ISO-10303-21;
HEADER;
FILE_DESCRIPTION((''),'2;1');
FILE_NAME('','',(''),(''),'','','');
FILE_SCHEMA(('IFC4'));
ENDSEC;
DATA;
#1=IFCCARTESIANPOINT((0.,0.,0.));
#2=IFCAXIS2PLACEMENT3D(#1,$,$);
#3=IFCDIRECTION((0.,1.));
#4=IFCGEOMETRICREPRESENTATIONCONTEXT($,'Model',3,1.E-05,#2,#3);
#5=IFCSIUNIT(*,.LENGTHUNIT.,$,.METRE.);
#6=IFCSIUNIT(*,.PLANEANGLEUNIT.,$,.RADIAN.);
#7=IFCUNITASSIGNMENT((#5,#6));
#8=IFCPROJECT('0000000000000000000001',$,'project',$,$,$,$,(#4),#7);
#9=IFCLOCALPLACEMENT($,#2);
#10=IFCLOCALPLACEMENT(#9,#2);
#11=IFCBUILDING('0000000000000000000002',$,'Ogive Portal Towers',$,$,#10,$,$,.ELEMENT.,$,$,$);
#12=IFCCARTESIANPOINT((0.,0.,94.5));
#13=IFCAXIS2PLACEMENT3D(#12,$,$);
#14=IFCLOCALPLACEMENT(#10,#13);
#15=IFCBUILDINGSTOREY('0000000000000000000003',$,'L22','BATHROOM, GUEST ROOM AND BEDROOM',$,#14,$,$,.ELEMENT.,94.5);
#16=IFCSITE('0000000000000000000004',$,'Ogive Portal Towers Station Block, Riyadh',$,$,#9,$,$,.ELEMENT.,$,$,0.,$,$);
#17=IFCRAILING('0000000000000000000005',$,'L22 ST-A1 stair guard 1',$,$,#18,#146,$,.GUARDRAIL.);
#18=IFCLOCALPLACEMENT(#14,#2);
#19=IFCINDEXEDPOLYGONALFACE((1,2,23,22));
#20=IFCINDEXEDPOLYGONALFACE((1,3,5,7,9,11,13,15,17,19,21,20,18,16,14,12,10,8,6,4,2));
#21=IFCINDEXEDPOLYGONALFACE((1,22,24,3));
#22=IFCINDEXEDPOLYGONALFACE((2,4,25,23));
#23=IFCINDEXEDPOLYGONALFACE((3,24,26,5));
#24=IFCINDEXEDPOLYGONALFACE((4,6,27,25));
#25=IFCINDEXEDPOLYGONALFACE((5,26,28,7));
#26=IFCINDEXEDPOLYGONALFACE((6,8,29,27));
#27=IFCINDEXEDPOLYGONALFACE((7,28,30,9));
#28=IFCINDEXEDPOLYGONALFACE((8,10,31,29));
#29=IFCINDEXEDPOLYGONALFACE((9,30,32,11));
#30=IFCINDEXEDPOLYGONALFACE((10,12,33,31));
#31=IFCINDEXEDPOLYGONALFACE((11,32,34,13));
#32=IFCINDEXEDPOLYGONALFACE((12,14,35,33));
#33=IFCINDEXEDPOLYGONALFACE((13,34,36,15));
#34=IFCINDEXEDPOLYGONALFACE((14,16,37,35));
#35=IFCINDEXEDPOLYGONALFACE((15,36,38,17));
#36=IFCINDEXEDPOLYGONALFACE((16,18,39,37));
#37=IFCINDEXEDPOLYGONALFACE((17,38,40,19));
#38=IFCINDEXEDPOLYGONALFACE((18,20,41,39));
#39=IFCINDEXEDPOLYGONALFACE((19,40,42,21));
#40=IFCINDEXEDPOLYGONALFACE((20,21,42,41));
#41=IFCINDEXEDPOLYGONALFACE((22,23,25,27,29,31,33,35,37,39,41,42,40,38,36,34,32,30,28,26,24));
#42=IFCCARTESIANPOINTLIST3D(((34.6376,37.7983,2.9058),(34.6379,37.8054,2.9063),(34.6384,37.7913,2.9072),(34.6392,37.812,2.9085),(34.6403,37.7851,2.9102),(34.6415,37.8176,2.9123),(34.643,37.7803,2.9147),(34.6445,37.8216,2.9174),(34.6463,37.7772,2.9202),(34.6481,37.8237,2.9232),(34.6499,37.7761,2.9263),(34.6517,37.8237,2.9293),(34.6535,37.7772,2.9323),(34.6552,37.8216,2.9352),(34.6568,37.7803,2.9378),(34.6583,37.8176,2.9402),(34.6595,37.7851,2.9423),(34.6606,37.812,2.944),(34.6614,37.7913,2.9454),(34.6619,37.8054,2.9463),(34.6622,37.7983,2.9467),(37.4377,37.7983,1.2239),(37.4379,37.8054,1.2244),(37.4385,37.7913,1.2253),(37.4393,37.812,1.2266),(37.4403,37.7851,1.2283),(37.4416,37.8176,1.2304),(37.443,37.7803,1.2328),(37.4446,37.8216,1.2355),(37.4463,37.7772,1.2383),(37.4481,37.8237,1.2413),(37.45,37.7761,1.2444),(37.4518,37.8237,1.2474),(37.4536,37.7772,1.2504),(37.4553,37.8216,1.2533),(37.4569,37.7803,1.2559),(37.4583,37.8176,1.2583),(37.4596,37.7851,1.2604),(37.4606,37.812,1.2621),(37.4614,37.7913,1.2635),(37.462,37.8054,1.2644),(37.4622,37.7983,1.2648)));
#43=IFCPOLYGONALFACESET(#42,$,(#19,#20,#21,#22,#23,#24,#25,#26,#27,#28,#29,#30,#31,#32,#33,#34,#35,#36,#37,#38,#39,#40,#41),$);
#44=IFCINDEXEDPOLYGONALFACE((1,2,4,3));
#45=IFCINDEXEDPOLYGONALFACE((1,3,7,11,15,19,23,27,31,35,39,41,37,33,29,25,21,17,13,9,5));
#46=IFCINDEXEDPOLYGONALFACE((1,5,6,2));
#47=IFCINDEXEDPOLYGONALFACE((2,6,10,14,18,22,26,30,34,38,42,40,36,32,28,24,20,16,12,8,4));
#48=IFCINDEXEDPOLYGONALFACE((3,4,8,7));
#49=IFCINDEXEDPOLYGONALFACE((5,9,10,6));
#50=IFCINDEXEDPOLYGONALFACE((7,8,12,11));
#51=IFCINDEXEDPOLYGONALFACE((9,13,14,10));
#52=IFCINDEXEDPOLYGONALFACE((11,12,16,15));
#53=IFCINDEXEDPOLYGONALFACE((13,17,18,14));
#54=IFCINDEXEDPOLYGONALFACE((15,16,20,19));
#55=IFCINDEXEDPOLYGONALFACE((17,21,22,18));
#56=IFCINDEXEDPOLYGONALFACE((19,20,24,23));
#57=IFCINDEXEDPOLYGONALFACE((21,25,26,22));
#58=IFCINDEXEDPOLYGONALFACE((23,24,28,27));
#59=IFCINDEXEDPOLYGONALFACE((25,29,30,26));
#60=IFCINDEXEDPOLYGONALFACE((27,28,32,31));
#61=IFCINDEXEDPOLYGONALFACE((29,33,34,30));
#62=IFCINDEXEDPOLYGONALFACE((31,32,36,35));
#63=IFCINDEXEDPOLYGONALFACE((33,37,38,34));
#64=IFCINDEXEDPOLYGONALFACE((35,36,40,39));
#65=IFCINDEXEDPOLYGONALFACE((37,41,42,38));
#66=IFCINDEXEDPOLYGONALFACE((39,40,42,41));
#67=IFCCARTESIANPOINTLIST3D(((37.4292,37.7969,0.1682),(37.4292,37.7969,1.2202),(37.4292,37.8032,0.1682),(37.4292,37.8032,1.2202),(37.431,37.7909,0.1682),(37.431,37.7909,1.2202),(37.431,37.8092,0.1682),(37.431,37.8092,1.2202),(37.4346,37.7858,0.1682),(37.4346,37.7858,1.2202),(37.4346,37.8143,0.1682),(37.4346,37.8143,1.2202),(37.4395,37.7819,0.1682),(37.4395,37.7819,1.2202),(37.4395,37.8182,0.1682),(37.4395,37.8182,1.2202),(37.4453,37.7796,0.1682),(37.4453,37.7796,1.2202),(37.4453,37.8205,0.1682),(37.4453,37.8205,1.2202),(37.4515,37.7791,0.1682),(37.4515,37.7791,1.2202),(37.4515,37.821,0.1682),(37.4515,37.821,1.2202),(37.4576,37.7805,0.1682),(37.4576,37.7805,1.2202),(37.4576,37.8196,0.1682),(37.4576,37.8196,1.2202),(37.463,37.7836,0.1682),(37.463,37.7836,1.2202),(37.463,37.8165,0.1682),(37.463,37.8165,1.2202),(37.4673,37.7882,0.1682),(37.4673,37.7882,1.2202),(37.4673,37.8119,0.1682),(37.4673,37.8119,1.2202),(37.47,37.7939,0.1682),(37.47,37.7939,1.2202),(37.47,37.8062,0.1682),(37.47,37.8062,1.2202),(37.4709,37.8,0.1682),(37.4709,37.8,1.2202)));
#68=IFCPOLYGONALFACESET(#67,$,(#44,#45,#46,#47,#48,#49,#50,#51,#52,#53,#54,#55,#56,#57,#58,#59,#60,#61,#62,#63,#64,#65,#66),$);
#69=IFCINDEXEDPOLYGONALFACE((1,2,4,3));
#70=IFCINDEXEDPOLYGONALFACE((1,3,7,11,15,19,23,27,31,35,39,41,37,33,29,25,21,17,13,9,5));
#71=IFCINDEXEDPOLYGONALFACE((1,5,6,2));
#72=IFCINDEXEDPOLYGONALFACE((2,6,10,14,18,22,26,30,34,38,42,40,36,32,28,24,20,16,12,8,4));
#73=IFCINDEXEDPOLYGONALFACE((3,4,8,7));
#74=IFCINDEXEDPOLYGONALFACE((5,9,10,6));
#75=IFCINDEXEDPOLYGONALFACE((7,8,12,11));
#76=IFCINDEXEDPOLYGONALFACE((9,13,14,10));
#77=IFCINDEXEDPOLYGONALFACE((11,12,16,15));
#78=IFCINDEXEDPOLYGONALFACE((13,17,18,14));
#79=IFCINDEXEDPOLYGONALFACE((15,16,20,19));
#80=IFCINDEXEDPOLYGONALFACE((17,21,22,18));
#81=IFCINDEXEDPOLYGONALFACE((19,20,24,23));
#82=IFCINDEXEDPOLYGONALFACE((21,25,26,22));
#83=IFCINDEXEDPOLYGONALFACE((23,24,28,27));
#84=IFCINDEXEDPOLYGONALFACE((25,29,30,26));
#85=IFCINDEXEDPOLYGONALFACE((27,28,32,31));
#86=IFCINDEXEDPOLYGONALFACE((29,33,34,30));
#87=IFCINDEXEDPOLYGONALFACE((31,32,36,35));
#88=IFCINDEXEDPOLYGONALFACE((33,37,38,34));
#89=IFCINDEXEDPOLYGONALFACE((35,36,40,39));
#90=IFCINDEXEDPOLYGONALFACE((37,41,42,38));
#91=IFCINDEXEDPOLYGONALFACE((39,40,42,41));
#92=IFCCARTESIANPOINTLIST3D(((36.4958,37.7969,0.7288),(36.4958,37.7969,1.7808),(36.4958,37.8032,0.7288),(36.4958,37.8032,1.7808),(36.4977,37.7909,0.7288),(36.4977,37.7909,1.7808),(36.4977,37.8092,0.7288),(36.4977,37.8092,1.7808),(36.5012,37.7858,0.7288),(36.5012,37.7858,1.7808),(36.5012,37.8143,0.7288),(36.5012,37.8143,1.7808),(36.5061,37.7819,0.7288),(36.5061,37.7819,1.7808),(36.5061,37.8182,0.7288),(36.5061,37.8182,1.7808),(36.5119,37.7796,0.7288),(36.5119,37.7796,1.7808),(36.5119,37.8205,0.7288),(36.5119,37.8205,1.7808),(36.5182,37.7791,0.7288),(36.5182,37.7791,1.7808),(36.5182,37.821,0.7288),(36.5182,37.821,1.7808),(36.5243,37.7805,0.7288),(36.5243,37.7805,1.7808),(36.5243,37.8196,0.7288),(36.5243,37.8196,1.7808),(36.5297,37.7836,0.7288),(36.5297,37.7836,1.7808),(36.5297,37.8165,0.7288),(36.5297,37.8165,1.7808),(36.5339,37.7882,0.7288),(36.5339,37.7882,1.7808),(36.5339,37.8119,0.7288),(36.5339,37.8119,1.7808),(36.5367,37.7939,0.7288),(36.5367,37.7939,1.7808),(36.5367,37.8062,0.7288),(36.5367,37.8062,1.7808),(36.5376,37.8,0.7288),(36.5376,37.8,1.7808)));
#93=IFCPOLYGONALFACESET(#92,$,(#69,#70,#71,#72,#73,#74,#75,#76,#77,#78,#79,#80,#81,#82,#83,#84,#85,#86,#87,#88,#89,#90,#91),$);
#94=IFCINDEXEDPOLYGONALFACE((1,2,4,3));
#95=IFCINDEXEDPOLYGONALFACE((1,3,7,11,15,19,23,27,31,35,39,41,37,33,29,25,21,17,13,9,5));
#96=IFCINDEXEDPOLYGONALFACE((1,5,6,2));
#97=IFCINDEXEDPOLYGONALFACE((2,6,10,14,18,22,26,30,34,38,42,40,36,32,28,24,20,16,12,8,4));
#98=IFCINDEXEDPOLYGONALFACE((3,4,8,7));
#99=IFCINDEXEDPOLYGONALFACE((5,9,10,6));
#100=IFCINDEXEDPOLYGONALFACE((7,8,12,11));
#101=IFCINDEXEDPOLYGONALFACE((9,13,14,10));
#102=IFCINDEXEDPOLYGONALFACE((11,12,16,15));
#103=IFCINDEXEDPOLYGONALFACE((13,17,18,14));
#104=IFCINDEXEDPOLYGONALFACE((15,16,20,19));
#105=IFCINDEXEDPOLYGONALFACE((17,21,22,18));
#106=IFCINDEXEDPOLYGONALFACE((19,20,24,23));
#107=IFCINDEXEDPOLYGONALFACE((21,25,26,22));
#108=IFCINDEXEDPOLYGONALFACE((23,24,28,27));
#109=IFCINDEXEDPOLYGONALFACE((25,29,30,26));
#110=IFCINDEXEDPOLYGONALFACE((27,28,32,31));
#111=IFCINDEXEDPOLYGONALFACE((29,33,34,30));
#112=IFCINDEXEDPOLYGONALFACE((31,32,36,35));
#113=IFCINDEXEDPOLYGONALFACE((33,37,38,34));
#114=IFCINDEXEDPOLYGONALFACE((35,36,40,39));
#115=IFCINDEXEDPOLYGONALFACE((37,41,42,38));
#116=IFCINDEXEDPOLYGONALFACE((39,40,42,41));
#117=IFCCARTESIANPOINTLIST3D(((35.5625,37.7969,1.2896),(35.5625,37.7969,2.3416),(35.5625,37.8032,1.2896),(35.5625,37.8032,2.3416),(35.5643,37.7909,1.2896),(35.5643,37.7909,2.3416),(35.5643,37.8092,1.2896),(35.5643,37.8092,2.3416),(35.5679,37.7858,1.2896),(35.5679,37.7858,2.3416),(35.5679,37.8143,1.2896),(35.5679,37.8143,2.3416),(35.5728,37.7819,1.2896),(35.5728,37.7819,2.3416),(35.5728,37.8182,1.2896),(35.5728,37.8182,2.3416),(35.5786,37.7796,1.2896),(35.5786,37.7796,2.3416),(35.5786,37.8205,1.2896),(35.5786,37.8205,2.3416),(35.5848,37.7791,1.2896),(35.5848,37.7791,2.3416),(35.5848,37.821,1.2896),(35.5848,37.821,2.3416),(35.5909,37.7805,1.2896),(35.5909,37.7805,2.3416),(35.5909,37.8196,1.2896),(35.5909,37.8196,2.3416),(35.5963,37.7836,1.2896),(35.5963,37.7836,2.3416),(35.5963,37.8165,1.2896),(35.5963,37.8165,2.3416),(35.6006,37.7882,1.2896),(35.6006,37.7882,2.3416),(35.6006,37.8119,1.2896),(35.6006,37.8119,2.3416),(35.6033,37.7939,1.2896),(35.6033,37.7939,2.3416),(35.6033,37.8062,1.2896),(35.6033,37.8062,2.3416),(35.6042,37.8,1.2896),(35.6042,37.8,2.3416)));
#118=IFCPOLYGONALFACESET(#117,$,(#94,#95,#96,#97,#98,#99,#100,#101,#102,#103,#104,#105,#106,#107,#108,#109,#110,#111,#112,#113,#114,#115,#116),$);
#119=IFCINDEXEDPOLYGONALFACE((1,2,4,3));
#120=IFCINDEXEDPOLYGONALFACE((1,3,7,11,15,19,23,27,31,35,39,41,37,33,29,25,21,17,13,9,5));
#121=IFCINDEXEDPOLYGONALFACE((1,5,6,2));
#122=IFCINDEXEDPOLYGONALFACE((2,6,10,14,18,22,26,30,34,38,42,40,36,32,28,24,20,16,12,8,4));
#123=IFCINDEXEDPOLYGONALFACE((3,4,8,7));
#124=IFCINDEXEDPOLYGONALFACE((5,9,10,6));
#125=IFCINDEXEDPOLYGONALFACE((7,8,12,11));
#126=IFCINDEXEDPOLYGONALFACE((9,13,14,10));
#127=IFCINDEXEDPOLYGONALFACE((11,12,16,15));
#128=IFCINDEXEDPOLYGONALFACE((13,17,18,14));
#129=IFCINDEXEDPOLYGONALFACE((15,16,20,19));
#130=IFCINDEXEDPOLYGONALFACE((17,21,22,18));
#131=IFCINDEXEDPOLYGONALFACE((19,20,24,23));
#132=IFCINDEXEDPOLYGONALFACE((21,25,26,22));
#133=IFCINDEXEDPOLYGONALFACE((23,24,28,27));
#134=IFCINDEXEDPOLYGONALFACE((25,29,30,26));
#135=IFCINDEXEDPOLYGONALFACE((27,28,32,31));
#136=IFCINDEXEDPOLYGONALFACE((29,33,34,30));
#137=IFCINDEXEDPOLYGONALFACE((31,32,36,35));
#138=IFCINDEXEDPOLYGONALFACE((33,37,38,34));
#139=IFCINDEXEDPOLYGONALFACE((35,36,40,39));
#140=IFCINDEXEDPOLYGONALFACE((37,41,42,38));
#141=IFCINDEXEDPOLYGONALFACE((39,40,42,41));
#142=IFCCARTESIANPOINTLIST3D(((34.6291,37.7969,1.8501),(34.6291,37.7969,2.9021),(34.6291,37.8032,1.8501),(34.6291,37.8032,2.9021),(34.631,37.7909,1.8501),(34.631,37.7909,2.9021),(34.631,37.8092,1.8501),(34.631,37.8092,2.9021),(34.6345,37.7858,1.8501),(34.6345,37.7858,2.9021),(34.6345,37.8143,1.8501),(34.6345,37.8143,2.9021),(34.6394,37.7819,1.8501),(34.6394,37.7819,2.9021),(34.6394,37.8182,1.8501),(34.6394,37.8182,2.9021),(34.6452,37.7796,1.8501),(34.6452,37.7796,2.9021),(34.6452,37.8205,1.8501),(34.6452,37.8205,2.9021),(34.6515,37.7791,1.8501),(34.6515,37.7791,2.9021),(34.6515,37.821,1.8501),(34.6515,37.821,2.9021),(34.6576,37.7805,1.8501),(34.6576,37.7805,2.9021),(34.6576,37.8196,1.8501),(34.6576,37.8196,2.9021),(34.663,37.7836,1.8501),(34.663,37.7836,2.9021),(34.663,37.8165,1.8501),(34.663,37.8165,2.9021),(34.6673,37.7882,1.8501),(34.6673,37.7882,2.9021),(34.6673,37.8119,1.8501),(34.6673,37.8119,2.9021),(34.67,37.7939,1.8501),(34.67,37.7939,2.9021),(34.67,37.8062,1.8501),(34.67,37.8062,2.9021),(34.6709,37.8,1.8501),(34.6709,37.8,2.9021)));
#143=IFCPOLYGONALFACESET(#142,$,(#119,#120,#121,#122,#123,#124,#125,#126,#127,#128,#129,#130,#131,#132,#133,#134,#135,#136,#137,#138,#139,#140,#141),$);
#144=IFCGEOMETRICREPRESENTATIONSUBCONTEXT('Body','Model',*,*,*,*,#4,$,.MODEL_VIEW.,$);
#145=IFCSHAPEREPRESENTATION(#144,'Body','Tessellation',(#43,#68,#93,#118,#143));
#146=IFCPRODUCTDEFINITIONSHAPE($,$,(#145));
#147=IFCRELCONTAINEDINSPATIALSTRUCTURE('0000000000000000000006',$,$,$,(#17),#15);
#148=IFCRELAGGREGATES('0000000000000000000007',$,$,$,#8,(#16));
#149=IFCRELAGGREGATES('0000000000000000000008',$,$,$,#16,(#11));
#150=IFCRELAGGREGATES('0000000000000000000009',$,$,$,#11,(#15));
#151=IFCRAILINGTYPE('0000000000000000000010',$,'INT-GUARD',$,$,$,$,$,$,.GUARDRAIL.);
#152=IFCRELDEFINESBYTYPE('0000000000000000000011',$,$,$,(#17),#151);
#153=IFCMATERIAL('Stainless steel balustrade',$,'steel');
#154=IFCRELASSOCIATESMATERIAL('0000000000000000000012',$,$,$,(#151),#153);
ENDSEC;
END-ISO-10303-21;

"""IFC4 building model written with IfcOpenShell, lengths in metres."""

from ifc_helpers import new_model, si_unit, direction, frame, origin, origin_2d, place, context, subcontext, project, spatial, circle, extrude, material, type_object, element, save


model = new_model("IFC4")

# Units and contexts
model_context = context("Model", 3, precision=1e-05, world=origin(), true_north=direction((0.0, 1.0)))
body_context = subcontext(model_context, "Body", "Model", "MODEL_VIEW")
ifc_project = project(units=[si_unit("LENGTHUNIT", "METRE"), si_unit("PLANEANGLEUNIT", "RADIAN")], contexts=[model_context])

# Site, building, storey
site_placement = place(None, origin())
site = spatial("IfcSite", under=ifc_project, at=site_placement, Name="Ogive Portal Towers Station Block, Riyadh", CompositionType="ELEMENT", RefElevation=0.0)
building_placement = place(site_placement, origin())
building = spatial("IfcBuilding", under=site, at=building_placement, Name="Ogive Portal Towers", CompositionType="ELEMENT")
storey_placement = place(building_placement, frame((0.0, 0.0, 94.5)))
storey = spatial("IfcBuildingStorey", under=building, at=storey_placement, Name="L22", Description="BATHROOM, GUEST ROOM AND BEDROOM", CompositionType="ELEMENT", Elevation=94.5)

# Railing
ifc_material_1 = material(Name="Stainless steel balustrade", Category="steel")
railing_type_1 = type_object("IfcRailingType", Name="INT-GUARD", PredefinedType="GUARDRAIL", material=ifc_material_1)
railing_1_placement = place(storey_placement, frame((37.45, 37.8, 0.1682)))
element("IfcRailing", 1, at=railing_1_placement, inside=storey, type_object=railing_type_1, Name="L22 ST-A1 stair guard 1", PredefinedType="GUARDRAIL", context=body_context, shape_type="SweptSolid", body=[
    extrude(circle(Radius=0.0239, at=origin_2d()), frame((0.0, 0.0, 1.0762), z_axis=(-0.857242, 0.0, 0.514913), x_axis=(0.0, -1.0, 0.0)), (0.0, 0.0, 1.0), 3.2664),
    extrude(circle(Radius=0.021, at=origin_2d()), origin(), (0.0, 0.0, 1.0), 1.052),
    extrude(circle(Radius=0.021, at=origin_2d()), frame((-0.9333, 0.0, 0.5605)), (0.0, 0.0, 1.0), 1.052),
    extrude(circle(Radius=0.021, at=origin_2d()), frame((-1.8667, 0.0, 1.1213)), (0.0, 0.0, 1.0), 1.052),
    extrude(circle(Radius=0.021, at=origin_2d()), frame((-2.8, 0.0, 1.6819)), (0.0, 0.0, 1.0), 1.052),
])

save(model, "model.ifc")
